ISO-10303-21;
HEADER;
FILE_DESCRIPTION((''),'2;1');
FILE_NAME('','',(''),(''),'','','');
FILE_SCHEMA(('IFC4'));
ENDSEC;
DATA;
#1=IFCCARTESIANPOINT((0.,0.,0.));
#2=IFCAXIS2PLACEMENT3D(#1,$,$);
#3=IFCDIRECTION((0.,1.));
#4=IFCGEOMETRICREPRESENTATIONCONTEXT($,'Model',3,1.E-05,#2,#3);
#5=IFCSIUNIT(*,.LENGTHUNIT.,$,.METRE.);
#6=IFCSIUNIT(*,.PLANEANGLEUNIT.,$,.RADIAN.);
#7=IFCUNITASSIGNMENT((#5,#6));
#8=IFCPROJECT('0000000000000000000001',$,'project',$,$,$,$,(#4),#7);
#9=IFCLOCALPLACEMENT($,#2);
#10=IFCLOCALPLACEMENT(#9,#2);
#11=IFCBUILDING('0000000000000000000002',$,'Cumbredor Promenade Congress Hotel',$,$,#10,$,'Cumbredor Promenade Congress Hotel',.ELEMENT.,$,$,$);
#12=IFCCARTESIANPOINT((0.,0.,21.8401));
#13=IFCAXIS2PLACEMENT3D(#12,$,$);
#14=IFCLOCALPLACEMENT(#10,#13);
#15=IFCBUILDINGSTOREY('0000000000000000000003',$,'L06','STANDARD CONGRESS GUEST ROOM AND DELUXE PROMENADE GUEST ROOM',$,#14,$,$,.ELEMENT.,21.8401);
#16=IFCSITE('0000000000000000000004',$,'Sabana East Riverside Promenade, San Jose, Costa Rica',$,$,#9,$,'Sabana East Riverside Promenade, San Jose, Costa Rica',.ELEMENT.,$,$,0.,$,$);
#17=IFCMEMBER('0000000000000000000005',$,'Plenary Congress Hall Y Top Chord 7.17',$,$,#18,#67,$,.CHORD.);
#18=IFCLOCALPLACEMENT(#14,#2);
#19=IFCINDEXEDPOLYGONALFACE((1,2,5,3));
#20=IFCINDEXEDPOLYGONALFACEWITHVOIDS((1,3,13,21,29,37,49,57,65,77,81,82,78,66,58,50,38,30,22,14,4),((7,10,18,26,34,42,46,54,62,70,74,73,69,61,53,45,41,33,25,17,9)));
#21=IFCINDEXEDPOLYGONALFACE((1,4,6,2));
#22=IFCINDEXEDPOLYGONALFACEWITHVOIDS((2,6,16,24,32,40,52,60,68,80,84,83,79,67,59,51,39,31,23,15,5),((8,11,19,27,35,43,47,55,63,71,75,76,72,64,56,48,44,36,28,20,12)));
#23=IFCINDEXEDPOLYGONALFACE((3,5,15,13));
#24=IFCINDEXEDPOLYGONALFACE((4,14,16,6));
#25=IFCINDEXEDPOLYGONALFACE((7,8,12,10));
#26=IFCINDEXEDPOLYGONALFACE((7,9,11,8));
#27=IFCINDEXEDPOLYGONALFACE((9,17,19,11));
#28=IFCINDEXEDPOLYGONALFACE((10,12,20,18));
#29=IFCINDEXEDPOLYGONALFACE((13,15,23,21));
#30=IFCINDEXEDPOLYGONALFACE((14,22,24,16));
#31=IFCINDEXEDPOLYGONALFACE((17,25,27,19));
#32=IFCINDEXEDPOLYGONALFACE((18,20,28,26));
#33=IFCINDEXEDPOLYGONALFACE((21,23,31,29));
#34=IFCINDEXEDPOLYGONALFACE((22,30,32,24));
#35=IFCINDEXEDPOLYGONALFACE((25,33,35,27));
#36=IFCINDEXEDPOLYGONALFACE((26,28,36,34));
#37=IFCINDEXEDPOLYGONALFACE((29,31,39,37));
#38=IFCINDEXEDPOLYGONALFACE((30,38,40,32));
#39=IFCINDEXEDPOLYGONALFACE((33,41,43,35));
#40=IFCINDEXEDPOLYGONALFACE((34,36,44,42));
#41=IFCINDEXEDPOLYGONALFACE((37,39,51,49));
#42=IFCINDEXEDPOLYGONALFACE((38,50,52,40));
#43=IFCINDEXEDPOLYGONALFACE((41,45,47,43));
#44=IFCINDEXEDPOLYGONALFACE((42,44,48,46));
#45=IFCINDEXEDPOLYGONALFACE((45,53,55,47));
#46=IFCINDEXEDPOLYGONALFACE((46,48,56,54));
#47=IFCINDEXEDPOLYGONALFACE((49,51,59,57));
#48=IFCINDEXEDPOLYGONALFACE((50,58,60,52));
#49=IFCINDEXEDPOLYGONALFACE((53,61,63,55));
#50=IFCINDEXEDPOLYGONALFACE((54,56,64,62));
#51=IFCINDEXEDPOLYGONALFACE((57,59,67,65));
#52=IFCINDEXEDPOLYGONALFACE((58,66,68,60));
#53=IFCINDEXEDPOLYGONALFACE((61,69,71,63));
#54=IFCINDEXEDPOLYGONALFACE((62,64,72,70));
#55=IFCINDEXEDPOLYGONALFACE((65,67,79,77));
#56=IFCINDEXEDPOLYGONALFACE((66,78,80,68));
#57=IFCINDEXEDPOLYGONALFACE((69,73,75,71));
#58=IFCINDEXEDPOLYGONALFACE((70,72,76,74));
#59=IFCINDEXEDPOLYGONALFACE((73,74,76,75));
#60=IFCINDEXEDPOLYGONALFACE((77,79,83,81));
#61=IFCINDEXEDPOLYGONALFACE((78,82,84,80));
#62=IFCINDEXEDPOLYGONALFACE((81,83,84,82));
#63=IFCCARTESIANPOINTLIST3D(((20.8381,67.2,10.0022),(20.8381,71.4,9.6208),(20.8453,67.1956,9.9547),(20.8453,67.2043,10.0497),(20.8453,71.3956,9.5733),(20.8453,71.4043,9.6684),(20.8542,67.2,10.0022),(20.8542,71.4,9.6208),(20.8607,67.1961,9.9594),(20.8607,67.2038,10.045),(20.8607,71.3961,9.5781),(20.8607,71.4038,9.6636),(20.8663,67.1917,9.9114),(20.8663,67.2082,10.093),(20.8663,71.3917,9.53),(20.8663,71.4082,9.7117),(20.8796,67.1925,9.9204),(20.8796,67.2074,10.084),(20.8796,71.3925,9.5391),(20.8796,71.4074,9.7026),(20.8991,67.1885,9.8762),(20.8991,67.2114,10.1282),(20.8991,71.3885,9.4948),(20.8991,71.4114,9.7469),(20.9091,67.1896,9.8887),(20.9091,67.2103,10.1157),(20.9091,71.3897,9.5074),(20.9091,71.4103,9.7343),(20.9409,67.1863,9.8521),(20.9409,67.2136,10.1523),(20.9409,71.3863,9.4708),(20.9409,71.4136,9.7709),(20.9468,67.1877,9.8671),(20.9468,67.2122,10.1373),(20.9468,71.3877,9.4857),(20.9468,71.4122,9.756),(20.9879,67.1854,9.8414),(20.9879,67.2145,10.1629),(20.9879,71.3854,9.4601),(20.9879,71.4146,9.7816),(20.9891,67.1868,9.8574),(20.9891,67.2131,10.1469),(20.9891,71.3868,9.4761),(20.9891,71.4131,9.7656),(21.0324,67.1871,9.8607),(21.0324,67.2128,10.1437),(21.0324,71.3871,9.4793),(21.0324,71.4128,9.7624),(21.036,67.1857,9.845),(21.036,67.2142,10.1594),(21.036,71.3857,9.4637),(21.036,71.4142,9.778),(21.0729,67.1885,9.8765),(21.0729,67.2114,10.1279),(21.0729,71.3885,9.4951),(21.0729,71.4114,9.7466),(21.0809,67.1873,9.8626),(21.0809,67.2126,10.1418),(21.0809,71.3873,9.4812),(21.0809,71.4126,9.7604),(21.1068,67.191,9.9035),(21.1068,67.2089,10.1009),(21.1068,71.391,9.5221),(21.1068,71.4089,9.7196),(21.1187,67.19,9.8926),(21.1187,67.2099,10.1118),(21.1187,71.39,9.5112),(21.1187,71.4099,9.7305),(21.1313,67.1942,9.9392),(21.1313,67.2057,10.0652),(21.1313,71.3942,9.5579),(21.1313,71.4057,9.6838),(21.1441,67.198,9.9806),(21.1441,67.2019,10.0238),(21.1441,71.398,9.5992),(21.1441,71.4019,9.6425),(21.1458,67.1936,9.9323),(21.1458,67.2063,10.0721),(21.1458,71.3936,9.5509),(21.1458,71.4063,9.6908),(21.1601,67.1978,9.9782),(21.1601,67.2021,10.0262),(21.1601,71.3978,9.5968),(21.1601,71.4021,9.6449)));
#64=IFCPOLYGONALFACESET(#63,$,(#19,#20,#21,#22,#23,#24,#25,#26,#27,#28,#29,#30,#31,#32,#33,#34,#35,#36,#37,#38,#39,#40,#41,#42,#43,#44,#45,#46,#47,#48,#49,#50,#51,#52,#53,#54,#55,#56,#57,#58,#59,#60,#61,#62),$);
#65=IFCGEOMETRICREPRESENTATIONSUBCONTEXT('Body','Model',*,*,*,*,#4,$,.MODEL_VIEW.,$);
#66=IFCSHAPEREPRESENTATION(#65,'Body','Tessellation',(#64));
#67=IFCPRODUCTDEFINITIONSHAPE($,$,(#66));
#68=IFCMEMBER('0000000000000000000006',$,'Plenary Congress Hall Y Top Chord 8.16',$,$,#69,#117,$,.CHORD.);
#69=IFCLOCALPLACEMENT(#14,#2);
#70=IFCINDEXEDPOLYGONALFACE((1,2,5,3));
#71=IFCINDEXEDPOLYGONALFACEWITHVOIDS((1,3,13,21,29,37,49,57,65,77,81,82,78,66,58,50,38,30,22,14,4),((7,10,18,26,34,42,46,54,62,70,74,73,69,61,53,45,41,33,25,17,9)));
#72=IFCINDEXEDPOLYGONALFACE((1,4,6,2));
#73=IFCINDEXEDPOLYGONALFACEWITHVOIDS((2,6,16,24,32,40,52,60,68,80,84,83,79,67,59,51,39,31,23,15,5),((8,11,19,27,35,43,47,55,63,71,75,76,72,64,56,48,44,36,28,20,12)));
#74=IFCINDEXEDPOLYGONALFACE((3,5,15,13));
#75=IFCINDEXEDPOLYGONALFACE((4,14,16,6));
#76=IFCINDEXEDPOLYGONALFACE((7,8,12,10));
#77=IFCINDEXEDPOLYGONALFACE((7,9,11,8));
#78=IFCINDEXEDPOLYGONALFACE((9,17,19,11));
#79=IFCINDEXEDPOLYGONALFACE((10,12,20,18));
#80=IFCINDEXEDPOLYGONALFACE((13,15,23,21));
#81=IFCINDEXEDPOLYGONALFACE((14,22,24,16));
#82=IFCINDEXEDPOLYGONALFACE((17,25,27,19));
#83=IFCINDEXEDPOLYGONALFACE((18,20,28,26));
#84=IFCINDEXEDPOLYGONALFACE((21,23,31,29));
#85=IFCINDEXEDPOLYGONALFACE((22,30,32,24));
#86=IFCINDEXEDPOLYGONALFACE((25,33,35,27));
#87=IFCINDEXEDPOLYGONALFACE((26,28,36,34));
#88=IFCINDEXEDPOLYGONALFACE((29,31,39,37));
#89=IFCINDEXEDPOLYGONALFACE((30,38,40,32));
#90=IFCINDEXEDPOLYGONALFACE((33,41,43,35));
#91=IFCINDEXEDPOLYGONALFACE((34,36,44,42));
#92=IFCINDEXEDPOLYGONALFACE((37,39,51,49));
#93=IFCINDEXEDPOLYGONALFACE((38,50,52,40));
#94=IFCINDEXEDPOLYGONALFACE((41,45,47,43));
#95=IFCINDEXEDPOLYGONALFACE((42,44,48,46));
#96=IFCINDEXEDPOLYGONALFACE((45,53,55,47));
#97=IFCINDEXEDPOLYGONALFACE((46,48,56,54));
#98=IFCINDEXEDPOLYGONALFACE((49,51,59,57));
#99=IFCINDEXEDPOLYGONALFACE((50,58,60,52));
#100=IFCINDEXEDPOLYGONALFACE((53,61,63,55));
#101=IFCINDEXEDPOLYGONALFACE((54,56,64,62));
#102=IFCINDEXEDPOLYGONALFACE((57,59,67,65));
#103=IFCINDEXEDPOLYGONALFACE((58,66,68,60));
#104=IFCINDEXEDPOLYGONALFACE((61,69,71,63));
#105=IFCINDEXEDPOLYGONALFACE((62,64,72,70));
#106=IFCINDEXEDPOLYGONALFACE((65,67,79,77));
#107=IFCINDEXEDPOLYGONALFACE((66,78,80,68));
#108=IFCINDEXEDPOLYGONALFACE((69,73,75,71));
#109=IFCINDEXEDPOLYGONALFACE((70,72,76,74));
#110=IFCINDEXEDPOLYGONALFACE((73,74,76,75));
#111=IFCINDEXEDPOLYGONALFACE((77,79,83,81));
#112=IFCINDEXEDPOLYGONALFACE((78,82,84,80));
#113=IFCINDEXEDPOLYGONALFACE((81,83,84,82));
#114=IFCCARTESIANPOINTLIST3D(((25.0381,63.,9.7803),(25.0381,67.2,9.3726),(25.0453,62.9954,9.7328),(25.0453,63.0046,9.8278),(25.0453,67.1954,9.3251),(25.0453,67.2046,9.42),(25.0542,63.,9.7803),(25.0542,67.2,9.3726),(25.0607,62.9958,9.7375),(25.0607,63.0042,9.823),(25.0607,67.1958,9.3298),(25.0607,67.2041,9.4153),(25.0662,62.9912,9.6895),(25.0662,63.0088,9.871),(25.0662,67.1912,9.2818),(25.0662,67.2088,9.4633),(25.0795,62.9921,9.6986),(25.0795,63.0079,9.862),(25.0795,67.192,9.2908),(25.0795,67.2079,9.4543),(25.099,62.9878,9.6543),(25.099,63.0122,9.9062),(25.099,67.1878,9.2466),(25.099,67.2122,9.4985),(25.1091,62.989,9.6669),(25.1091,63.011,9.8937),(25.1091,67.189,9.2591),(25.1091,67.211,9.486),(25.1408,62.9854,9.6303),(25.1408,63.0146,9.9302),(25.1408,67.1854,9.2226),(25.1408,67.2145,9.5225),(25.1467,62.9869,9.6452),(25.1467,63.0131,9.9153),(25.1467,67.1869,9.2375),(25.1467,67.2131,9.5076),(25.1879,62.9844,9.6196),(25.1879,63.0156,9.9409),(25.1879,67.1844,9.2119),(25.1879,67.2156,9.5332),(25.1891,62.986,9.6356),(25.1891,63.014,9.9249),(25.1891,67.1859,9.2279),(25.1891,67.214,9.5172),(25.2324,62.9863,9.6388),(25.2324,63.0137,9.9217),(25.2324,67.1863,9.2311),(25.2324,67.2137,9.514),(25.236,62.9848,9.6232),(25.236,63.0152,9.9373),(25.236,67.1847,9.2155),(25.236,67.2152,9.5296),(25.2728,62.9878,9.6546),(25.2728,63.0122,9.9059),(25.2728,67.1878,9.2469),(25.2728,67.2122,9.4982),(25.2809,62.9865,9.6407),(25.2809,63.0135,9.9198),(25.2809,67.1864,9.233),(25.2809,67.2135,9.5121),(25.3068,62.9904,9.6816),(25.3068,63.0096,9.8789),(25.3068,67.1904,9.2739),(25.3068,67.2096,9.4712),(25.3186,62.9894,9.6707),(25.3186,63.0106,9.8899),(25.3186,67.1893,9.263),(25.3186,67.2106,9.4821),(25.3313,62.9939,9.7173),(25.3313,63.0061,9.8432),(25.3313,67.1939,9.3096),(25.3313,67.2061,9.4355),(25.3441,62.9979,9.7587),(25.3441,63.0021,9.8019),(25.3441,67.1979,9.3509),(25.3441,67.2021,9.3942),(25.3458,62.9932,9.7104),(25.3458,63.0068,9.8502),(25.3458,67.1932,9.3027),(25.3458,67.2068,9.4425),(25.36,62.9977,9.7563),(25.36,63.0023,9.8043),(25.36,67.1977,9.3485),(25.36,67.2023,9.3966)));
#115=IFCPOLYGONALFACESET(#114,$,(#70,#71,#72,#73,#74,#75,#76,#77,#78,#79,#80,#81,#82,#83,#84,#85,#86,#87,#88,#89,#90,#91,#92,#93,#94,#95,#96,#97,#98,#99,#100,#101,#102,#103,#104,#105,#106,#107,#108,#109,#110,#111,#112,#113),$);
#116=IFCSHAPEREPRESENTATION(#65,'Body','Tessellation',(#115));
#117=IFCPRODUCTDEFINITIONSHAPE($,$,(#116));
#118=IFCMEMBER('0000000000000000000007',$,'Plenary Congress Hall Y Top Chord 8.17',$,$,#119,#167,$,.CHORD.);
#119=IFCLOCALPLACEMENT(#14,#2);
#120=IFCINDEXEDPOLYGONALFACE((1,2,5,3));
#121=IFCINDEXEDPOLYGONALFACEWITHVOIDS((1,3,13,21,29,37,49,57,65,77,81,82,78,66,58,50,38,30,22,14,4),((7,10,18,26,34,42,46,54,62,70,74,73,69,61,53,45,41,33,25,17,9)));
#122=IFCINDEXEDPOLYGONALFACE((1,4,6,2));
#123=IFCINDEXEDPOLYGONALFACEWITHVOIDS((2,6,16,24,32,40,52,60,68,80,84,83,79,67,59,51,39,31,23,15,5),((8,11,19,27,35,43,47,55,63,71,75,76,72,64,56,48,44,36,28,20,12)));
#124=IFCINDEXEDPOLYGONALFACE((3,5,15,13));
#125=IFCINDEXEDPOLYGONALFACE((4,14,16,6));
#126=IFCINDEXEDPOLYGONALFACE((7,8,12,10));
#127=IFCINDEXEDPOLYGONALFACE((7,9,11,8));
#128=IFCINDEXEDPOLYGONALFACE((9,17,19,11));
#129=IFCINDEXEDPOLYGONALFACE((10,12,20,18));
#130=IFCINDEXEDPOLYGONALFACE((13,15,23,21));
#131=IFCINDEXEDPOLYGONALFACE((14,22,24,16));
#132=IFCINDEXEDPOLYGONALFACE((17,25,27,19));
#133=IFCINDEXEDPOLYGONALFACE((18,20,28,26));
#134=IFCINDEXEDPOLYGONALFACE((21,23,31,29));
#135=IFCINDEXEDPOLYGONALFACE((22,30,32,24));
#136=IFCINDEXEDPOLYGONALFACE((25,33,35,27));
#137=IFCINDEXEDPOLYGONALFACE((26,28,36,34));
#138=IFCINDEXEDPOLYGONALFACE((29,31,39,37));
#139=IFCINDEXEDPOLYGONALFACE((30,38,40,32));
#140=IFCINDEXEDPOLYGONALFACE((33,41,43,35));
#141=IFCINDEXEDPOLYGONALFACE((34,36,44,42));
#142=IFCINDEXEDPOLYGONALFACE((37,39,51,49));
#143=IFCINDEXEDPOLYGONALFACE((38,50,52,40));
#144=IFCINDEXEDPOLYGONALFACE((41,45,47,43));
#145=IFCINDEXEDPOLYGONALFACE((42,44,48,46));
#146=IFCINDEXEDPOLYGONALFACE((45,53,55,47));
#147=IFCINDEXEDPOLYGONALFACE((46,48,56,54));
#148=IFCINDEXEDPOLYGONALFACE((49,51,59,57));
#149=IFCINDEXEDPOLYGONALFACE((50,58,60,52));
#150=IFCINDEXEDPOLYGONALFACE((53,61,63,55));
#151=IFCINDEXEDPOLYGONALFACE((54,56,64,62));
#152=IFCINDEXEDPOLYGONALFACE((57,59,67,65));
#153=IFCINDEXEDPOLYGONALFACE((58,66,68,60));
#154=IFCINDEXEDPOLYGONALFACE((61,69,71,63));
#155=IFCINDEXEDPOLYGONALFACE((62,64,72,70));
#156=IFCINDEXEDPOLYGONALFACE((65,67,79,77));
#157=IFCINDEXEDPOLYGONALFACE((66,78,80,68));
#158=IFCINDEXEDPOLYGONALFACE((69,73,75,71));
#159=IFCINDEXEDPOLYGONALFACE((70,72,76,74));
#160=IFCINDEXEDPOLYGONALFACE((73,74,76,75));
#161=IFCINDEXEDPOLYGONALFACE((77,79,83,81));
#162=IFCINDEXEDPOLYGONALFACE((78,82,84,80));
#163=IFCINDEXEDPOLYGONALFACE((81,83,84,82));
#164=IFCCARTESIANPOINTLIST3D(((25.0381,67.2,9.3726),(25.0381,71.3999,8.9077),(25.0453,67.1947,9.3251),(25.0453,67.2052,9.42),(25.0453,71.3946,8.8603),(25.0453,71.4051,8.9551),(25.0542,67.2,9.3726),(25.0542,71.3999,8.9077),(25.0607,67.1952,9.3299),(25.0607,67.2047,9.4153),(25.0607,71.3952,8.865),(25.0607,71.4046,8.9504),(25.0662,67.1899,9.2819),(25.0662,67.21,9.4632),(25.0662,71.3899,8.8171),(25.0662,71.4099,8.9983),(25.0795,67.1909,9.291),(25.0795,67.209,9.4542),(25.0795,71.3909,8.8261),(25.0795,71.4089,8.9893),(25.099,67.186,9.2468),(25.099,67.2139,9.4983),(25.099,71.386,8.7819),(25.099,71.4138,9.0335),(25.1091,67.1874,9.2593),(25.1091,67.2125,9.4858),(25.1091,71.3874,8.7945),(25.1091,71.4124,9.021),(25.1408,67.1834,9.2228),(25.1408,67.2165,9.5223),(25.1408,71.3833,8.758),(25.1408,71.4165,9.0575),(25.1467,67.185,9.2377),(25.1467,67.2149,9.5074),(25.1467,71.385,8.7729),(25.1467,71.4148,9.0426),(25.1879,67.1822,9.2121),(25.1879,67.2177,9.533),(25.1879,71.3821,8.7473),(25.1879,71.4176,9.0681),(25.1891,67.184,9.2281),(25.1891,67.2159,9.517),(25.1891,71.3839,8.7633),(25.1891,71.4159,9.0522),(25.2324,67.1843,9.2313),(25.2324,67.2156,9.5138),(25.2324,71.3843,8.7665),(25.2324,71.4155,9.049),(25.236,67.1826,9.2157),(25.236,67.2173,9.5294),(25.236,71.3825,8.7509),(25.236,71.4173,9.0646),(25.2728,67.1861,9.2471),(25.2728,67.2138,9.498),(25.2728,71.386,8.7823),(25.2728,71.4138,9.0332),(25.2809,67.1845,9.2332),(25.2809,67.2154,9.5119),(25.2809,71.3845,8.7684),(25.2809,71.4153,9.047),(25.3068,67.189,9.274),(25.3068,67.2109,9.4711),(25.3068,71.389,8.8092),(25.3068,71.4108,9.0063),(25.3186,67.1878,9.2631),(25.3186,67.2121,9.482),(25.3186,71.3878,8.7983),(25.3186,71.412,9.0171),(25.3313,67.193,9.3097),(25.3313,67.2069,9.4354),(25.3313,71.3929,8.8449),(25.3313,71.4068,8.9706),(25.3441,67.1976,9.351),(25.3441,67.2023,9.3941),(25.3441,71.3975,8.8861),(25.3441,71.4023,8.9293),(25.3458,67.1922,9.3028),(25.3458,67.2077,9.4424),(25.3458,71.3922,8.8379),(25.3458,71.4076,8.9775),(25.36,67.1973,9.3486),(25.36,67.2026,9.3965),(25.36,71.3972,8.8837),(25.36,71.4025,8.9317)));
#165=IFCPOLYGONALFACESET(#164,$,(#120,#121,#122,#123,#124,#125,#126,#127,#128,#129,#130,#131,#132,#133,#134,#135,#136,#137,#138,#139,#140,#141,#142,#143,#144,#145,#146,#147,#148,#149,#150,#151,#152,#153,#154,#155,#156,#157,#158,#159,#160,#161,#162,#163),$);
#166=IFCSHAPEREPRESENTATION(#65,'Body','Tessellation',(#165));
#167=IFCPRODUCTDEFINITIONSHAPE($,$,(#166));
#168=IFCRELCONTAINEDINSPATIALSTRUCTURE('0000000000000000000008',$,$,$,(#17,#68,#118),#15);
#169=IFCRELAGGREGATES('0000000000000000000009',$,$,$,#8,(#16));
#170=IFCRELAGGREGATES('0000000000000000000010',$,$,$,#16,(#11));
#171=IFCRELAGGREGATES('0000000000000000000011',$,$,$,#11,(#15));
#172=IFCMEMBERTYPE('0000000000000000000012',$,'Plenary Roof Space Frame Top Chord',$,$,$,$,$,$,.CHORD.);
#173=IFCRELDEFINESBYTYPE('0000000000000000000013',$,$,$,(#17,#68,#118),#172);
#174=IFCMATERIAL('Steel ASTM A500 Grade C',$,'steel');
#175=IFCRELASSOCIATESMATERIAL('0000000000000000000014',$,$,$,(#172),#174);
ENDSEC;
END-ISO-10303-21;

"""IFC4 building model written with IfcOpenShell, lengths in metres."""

from ifc_helpers import new_model, si_unit, direction, frame, origin, origin_2d, place, context, subcontext, project, spatial, hollow_circle, extrude, material, material_profile, profile_set, type_object, element, save


model = new_model("IFC4")

# Units and contexts
model_context = context("Model", 3, precision=1e-05, world=origin(), true_north=direction((0.0, 1.0)))
body_context = subcontext(model_context, "Body", "Model", "MODEL_VIEW")
ifc_project = project(units=[si_unit("LENGTHUNIT", "METRE"), si_unit("PLANEANGLEUNIT", "RADIAN")], contexts=[model_context])

# Site, building, storey
site_placement = place(None, origin())
site = spatial("IfcSite", under=ifc_project, at=site_placement, Name="Sabana East Riverside Promenade, San Jose, Costa Rica", LongName="Sabana East Riverside Promenade, San Jose, Costa Rica", CompositionType="ELEMENT", RefElevation=0.0)
building_placement = place(site_placement, origin())
building = spatial("IfcBuilding", under=site, at=building_placement, Name="Cumbredor Promenade Congress Hotel", LongName="Cumbredor Promenade Congress Hotel", CompositionType="ELEMENT")
storey_placement = place(building_placement, frame((0.0, 0.0, 21.8401)))
storey = spatial("IfcBuildingStorey", under=building, at=storey_placement, Name="L06", Description="STANDARD CONGRESS GUEST ROOM AND DELUXE PROMENADE GUEST ROOM", CompositionType="ELEMENT", Elevation=21.8401)

# Members
ifc_material_1 = material(Name="Steel ASTM A500 Grade C", Category="steel")
ifc_material_profile_1 = material_profile(ifc_material_1, hollow_circle(Radius=0.1619, WallThickness=0.0161, at=origin_2d()), Name="CHS 323.9x16")
ifc_profile_set_1 = profile_set([ifc_material_profile_1], Name="Steel ASTM A500 Grade C")
member_type_1 = type_object("IfcMemberType", Name="Plenary Roof Space Frame Top Chord", PredefinedType="CHORD", material=ifc_profile_set_1)
member_1_placement = place(storey_placement, frame((21.0, 67.2, 10.0022), z_axis=(0.0, 0.995903, -0.090426), x_axis=(-1.0, 0.0, 0.0)))
element("IfcMember", 1, at=member_1_placement, inside=storey, type_object=member_type_1, Name="Plenary Congress Hall Y Top Chord 7.17", PredefinedType="CHORD", context=body_context, shape_type="SweptSolid", body=[
    extrude(hollow_circle(Radius=0.1619, WallThickness=0.0161, at=origin_2d()), origin(), (0.0, 0.0, 1.0), 4.2173),
])
member_2_placement = place(storey_placement, frame((25.2, 63.0, 9.7803), z_axis=(0.0, 0.995321, -0.096622), x_axis=(-1.0, 0.0, 0.0)))
element("IfcMember", 2, at=member_2_placement, inside=storey, type_object=member_type_1, Name="Plenary Congress Hall Y Top Chord 8.16", PredefinedType="CHORD", context=body_context, shape_type="SweptSolid", body=[
    extrude(hollow_circle(Radius=0.1619, WallThickness=0.0161, at=origin_2d()), origin(), (0.0, 0.0, 1.0), 4.2197),
])
member_3_placement = place(storey_placement, frame((25.2, 67.2, 9.3726), z_axis=(0.0, 0.993931, -0.110007), x_axis=(-1.0, 0.0, 0.0)))
element("IfcMember", 3, at=member_3_placement, inside=storey, type_object=member_type_1, Name="Plenary Congress Hall Y Top Chord 8.17", PredefinedType="CHORD", context=body_context, shape_type="SweptSolid", body=[
    extrude(hollow_circle(Radius=0.1619, WallThickness=0.0161, at=origin_2d()), origin(), (0.0, 0.0, 1.0), 4.2256),
])

save(model, "model.ifc")
